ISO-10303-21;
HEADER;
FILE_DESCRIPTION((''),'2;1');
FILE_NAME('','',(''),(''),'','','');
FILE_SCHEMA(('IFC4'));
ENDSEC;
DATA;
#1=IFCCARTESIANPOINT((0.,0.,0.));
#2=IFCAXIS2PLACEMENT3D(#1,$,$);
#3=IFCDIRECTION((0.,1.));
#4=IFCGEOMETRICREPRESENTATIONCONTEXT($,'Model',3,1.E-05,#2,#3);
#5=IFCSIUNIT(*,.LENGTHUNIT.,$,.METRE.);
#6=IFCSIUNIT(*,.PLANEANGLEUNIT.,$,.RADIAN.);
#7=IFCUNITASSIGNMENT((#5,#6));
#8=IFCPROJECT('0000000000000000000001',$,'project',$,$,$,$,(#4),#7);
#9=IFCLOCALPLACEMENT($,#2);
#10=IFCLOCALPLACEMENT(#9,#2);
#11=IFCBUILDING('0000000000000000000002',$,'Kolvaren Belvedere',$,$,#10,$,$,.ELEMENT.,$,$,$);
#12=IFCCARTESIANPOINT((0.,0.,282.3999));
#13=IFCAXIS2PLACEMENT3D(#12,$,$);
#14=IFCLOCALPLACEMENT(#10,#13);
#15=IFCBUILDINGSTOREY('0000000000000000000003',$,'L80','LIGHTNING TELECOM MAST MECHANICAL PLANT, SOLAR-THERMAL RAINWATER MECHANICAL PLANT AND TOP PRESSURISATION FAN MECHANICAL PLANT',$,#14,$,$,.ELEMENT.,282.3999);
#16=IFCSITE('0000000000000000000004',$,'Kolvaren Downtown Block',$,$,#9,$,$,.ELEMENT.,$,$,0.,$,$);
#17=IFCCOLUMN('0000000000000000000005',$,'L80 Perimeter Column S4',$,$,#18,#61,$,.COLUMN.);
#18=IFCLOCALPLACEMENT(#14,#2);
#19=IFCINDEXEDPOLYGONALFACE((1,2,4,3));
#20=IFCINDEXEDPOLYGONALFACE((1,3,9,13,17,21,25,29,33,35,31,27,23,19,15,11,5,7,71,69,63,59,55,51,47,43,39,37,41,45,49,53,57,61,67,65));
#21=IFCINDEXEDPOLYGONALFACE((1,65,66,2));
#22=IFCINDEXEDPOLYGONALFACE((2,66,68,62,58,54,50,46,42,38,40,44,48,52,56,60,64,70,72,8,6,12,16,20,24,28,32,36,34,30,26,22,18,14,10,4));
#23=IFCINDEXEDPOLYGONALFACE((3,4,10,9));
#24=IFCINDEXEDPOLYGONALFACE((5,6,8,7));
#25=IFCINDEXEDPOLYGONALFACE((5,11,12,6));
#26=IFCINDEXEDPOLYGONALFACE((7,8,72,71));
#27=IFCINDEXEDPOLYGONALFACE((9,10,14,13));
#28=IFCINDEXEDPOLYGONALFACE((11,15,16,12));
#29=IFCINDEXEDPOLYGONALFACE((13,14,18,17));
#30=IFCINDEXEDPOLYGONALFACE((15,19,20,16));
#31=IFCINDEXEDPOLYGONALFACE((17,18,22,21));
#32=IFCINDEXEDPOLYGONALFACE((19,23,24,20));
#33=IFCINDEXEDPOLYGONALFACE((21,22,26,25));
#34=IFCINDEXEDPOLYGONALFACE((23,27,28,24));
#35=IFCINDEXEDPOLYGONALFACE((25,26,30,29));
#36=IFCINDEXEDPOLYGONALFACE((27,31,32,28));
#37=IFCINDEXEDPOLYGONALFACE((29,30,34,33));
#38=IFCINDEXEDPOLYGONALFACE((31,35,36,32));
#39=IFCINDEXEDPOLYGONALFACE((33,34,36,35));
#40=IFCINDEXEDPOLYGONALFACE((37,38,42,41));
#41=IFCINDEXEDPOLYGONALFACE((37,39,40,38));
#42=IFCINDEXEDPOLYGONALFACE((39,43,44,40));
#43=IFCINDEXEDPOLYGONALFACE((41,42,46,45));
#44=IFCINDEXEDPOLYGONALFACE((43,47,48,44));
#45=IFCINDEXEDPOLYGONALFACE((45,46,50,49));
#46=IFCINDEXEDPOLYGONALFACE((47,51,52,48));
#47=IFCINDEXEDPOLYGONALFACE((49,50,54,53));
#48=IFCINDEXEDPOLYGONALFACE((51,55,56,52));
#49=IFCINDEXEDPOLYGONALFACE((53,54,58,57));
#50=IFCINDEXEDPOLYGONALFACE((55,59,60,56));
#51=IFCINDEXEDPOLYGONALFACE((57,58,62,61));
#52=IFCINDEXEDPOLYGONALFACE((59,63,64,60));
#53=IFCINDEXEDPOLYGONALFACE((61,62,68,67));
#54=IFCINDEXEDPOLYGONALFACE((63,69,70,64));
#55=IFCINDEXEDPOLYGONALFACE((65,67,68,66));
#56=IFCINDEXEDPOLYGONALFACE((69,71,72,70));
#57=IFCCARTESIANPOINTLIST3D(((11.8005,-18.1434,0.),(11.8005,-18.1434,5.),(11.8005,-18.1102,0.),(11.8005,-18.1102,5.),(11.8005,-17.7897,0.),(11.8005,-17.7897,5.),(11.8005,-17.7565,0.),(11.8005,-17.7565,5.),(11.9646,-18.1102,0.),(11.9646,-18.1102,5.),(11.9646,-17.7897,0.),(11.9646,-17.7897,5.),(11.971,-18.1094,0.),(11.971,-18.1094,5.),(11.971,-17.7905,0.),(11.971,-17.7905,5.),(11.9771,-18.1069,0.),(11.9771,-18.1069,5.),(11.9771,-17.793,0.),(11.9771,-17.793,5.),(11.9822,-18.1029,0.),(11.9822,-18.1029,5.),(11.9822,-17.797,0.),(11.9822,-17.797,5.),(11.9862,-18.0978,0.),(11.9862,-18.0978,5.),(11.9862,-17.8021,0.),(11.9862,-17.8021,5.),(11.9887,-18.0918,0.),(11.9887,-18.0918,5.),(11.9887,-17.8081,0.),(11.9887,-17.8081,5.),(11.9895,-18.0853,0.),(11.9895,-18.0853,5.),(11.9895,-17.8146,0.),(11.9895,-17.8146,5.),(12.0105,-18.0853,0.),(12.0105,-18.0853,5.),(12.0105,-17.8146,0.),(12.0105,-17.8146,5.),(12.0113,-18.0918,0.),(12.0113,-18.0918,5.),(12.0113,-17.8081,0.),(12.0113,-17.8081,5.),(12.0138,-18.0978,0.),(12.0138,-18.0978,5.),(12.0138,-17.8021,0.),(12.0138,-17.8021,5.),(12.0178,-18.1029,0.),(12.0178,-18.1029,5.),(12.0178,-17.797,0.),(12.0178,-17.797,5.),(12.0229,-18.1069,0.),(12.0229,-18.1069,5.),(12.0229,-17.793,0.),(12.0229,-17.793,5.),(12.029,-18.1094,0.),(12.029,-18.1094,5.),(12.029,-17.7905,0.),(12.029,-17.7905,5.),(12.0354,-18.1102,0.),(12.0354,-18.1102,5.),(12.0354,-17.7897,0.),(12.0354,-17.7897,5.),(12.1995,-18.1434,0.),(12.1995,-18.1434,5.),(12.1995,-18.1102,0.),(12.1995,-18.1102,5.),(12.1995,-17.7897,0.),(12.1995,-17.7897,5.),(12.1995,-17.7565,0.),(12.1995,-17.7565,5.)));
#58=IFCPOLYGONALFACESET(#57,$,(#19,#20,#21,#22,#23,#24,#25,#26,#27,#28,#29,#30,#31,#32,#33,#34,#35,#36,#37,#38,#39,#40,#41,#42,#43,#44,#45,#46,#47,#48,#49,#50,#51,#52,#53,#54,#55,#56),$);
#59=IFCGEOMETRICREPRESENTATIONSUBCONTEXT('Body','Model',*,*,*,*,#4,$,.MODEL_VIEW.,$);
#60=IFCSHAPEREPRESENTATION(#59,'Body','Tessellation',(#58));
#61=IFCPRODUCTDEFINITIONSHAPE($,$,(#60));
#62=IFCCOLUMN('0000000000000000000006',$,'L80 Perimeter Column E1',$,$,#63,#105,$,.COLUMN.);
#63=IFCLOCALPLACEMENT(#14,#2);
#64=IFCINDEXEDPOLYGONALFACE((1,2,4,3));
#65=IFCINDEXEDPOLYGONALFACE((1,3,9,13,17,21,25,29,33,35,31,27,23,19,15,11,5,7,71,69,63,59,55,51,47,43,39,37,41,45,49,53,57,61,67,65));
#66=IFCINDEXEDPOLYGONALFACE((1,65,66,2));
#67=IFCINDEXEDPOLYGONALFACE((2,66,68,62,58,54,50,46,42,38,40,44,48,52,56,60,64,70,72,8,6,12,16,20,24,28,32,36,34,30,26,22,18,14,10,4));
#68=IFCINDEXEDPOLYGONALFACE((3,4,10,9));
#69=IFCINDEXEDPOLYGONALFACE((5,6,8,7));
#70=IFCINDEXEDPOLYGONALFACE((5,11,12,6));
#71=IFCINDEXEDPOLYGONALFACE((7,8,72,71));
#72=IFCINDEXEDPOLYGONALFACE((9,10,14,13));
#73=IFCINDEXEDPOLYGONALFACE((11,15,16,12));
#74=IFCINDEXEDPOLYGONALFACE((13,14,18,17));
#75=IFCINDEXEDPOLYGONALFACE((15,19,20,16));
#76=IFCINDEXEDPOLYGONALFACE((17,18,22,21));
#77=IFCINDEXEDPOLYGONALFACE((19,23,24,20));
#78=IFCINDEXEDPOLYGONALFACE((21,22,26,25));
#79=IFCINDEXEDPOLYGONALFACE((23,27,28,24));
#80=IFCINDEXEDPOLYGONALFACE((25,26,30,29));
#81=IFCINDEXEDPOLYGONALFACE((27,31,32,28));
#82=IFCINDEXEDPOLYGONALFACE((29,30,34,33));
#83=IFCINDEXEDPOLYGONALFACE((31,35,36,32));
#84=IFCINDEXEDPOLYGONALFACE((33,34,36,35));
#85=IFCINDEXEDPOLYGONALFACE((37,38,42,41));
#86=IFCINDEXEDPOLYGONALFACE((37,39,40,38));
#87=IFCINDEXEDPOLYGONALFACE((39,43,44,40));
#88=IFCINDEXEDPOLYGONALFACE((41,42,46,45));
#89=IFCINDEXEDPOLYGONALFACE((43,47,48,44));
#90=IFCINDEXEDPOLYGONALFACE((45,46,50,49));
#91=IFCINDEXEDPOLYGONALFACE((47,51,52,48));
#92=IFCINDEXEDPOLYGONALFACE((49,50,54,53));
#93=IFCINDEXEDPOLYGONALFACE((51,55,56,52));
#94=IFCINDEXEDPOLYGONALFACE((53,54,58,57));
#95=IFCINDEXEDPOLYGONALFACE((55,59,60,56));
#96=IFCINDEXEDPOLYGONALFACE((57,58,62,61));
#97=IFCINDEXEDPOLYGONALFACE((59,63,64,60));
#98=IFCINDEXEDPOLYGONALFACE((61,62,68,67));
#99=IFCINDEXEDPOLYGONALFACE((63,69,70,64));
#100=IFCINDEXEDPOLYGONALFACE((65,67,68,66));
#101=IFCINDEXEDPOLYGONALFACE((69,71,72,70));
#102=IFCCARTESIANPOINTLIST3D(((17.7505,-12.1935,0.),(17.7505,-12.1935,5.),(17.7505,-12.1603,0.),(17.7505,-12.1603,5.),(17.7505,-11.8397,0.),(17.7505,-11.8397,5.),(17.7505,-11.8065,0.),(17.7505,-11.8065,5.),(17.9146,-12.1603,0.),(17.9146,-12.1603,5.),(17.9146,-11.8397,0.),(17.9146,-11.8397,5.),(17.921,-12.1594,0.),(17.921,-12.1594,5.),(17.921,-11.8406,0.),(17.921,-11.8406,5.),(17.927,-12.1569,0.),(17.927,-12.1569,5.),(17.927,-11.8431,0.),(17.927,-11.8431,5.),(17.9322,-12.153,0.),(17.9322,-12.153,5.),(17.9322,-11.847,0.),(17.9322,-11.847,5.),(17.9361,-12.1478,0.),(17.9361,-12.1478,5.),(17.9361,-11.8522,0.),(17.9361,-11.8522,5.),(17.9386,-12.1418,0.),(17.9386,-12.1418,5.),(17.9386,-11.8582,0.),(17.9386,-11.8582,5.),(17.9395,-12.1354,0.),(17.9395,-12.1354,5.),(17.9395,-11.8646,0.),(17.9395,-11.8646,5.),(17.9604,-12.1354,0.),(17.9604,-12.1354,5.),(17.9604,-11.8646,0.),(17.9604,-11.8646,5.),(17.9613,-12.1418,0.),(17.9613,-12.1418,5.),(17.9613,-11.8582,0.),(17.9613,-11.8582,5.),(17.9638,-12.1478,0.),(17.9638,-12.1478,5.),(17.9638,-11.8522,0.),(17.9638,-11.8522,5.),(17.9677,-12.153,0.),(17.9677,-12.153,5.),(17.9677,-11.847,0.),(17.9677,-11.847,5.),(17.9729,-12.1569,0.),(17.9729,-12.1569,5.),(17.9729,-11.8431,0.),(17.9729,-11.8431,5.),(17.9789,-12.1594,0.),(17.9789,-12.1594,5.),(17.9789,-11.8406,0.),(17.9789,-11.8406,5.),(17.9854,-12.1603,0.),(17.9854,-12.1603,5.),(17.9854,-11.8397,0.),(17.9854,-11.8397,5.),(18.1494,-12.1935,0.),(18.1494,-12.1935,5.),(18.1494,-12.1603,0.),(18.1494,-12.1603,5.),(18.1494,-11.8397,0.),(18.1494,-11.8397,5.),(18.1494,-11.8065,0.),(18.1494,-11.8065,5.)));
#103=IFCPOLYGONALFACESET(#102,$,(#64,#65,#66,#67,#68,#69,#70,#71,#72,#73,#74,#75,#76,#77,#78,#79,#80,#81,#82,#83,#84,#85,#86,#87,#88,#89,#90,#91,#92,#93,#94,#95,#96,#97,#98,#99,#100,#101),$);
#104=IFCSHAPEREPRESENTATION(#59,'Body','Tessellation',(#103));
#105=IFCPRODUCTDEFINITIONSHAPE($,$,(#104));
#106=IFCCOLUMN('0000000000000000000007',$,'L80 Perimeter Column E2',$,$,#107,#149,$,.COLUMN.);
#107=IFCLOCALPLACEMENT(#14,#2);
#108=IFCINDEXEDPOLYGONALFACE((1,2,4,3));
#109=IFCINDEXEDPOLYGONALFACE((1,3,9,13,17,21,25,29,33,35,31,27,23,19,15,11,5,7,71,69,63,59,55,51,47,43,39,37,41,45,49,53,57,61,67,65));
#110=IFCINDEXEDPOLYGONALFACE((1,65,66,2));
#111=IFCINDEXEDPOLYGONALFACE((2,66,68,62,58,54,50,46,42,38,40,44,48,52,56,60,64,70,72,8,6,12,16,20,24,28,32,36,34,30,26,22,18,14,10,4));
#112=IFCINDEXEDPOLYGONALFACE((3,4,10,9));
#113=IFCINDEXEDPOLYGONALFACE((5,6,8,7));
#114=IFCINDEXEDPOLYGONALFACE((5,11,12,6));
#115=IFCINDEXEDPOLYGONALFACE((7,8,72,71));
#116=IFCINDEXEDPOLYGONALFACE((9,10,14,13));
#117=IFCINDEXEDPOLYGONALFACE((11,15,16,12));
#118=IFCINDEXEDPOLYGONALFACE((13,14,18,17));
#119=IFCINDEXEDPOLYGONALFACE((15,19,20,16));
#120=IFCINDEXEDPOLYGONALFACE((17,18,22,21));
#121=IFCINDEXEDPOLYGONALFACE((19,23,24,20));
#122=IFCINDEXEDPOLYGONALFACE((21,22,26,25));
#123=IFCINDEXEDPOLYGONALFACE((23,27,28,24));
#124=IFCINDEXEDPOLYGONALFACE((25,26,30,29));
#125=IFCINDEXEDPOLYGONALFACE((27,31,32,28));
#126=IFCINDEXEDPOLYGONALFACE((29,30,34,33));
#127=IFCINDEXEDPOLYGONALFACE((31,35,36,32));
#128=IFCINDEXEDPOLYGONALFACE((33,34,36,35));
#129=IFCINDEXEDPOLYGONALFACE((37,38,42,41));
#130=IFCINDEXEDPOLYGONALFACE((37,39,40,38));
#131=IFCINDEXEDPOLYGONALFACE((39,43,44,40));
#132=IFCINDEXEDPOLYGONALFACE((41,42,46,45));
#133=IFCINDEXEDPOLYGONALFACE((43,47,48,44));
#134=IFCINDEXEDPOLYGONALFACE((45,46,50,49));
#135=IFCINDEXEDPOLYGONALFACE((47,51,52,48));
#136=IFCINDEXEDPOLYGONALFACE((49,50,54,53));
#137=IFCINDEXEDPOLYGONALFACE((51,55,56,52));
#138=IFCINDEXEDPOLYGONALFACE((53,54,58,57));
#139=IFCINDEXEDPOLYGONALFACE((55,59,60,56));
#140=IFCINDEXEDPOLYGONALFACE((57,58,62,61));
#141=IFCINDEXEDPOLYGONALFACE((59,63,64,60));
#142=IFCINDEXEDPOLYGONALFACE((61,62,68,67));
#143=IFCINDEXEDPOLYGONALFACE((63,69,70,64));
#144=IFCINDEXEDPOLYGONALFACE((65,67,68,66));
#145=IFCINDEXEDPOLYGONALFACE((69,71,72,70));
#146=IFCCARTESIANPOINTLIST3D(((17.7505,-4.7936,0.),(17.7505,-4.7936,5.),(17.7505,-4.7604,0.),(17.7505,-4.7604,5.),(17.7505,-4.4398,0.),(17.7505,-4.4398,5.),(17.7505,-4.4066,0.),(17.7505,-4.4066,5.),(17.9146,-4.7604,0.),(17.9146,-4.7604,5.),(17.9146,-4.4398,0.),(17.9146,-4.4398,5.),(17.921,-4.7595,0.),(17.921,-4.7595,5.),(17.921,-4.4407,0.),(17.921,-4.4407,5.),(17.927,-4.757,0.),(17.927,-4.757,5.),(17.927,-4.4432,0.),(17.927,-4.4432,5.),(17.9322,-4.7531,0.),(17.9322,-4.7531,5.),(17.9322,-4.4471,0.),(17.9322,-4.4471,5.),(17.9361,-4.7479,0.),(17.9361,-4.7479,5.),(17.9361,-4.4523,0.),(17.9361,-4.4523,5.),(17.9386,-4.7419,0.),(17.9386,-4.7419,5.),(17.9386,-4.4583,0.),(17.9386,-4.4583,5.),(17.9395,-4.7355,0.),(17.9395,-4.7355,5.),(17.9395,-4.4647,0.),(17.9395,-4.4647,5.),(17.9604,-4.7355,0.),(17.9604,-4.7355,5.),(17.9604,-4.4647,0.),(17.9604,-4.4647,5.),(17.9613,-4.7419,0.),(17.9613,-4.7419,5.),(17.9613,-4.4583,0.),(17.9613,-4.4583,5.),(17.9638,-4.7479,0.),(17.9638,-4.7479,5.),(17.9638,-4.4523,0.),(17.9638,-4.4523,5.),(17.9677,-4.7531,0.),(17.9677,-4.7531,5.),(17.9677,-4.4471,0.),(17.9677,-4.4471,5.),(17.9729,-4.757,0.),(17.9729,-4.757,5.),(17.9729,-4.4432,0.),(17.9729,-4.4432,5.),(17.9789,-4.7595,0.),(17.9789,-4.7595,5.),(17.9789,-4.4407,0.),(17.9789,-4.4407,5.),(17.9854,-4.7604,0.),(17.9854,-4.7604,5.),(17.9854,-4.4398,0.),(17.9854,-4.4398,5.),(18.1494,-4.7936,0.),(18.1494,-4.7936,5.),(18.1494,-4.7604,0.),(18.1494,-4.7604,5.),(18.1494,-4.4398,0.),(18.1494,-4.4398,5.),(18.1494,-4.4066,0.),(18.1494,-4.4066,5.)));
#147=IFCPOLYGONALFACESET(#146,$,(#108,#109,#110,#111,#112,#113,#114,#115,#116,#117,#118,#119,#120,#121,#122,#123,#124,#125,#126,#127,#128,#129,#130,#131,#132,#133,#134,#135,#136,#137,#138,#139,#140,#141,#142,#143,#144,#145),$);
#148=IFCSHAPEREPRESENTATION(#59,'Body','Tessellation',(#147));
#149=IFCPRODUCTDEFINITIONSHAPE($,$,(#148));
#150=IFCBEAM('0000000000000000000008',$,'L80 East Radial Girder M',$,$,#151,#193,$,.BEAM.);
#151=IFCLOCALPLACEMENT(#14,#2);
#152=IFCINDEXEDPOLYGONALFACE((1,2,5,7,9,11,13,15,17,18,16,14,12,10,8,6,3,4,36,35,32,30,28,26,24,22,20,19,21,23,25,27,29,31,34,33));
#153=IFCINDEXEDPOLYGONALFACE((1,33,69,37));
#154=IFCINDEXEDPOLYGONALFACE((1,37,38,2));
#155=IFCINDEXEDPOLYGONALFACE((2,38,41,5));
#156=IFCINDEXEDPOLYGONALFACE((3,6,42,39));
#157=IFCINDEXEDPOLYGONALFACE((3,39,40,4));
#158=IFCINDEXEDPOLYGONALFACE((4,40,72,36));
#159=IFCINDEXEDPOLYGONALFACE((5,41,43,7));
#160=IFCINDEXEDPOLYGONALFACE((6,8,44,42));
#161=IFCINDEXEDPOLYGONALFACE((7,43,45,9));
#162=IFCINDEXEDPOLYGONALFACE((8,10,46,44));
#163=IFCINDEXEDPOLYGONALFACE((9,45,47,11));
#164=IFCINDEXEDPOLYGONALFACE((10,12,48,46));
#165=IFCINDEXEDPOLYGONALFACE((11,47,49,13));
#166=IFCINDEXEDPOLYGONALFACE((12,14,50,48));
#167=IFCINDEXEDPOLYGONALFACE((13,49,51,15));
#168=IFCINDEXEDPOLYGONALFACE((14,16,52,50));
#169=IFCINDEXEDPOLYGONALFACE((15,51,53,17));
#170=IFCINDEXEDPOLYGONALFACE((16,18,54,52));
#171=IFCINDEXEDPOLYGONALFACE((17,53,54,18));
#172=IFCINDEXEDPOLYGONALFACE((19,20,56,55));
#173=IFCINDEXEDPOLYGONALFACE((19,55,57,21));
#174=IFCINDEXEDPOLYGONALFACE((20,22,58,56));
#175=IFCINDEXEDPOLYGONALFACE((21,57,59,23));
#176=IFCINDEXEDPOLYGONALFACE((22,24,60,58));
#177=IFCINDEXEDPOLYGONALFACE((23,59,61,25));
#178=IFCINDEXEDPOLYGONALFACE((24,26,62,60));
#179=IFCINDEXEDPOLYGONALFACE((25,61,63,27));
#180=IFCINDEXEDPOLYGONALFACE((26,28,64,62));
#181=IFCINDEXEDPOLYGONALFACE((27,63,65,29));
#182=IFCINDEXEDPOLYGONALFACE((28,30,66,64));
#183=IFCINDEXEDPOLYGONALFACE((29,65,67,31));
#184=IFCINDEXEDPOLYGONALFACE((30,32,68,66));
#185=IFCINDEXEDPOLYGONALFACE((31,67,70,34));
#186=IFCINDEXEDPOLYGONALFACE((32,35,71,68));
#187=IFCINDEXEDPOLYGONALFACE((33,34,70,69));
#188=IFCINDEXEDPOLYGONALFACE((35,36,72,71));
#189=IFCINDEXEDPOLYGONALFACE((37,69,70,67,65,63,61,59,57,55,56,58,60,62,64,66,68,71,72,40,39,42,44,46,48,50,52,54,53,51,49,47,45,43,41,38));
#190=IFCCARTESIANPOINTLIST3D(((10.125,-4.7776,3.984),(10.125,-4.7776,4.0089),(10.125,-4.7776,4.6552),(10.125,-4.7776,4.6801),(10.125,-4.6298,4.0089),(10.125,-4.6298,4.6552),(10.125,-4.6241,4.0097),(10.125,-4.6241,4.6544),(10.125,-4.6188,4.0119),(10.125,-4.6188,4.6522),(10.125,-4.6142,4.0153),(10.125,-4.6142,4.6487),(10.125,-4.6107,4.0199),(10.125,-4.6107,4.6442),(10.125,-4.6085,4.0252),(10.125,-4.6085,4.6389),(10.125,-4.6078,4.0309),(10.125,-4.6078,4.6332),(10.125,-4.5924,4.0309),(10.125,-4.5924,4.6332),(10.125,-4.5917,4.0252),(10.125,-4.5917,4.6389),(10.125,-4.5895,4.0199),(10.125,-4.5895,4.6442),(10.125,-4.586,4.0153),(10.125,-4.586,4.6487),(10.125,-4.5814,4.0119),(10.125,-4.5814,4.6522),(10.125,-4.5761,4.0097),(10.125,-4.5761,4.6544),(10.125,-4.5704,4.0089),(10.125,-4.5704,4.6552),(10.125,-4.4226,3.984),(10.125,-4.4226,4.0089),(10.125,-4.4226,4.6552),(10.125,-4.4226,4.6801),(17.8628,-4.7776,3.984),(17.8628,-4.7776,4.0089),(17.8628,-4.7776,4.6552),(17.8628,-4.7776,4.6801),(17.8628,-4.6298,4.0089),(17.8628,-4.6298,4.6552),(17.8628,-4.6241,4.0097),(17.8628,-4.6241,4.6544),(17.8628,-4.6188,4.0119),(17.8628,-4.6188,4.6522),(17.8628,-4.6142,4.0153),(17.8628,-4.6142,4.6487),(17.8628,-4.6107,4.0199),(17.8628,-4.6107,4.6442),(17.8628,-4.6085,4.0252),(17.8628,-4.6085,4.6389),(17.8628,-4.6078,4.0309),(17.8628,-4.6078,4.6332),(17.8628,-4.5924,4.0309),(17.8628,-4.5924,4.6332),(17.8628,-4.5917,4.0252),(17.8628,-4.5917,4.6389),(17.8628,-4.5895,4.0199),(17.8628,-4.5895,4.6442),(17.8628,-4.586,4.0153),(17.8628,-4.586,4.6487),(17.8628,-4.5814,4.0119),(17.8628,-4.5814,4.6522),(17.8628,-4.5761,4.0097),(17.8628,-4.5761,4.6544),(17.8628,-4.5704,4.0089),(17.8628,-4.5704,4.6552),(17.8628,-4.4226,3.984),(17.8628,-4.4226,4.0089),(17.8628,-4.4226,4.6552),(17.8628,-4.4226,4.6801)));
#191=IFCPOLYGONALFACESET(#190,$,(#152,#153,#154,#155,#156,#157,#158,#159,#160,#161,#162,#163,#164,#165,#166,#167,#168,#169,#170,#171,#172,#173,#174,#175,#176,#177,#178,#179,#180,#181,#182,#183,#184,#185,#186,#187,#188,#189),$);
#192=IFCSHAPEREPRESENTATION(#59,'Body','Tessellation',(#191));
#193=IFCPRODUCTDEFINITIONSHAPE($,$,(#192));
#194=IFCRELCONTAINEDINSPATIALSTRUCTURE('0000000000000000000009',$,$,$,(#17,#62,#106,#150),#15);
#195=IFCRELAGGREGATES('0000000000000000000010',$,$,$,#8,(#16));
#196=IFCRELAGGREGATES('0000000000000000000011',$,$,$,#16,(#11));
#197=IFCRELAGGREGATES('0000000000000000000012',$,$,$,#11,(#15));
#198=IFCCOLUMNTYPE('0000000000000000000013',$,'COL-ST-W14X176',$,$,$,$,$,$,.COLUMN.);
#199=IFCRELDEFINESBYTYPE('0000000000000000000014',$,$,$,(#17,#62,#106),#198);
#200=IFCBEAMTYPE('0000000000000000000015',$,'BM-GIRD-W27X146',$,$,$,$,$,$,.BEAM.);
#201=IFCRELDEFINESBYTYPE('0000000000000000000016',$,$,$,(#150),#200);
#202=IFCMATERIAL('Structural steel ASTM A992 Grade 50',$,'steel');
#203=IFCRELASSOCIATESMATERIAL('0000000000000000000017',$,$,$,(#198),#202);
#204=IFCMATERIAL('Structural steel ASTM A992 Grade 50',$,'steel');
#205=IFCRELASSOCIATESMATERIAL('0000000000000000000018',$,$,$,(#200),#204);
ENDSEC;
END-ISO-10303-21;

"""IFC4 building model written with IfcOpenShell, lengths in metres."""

from ifc_helpers import new_model, si_unit, direction, frame, origin, origin_2d, place, context, subcontext, project, spatial, i_section, extrude, material, material_profile, profile_set, type_object, element, save


model = new_model("IFC4")

# Units and contexts
model_context = context("Model", 3, precision=1e-05, world=origin(), true_north=direction((0.0, 1.0)))
body_context = subcontext(model_context, "Body", "Model", "MODEL_VIEW")
ifc_project = project(units=[si_unit("LENGTHUNIT", "METRE"), si_unit("PLANEANGLEUNIT", "RADIAN")], contexts=[model_context])

# Site, building, storey
site_placement = place(None, origin())
site = spatial("IfcSite", under=ifc_project, at=site_placement, Name="Kolvaren Downtown Block", CompositionType="ELEMENT", RefElevation=0.0)
building_placement = place(site_placement, origin())
building = spatial("IfcBuilding", under=site, at=building_placement, Name="Kolvaren Belvedere", CompositionType="ELEMENT")
storey_placement = place(building_placement, frame((0.0, 0.0, 282.3999)))
storey = spatial("IfcBuildingStorey", under=building, at=storey_placement, Name="L80", Description="LIGHTNING TELECOM MAST MECHANICAL PLANT, SOLAR-THERMAL RAINWATER MECHANICAL PLANT AND TOP PRESSURISATION FAN MECHANICAL PLANT", CompositionType="ELEMENT", Elevation=282.3999)

# Columns
ifc_material_1 = material(Name="Structural steel ASTM A992 Grade 50", Category="steel")
ifc_material_profile_1 = material_profile(ifc_material_1, i_section(OverallWidth=0.3989, OverallDepth=0.387, WebThickness=0.021, FlangeThickness=0.0332, FilletRadius=0.0249, at=origin_2d()), Name="W14X176")
ifc_profile_set_1 = profile_set([ifc_material_profile_1], Name="Structural steel ASTM A992 Grade 50")
column_type = type_object("IfcColumnType", Name="COL-ST-W14X176", PredefinedType="COLUMN", material=ifc_profile_set_1)
for number, where, z_axis, x_axis, name in (
    (1, (12.0, -17.95, 0.0), (0.0, 0.0, 1.0), (1.0, 0.0, 0.0), "L80 Perimeter Column S4"),
    (2, (17.95, -12.0, 0.0), (0.0, 0.0, 1.0), (1.0, 0.0, 0.0), "L80 Perimeter Column E1"),
    (3, (17.95, -4.6001, 0.0), (0.0, 0.0, 1.0), (1.0, 0.0, 0.0), "L80 Perimeter Column E2"),
):
    element("IfcColumn", number, at=place(storey_placement, frame(where, z_axis=z_axis, x_axis=x_axis)), inside=storey, type_object=column_type, Name=name, PredefinedType="COLUMN", context=body_context, shape_type="SweptSolid", body=[
        extrude(i_section(OverallWidth=0.3989, OverallDepth=0.387, WebThickness=0.021, FlangeThickness=0.0332, FilletRadius=0.0249, at=origin_2d()), origin(), (0.0, 0.0, 1.0), 5.0),
    ])

# Beam
ifc_material_2 = material(Name="Structural steel ASTM A992 Grade 50", Category="steel")
ifc_material_profile_2 = material_profile(ifc_material_2, i_section(OverallWidth=0.355, OverallDepth=0.696, WebThickness=0.0154, FlangeThickness=0.0249, FilletRadius=0.022, at=origin_2d()), Name="W27X146")
ifc_profile_set_2 = profile_set([ifc_material_profile_2], Name="Structural steel ASTM A992 Grade 50")
beam_type_1 = type_object("IfcBeamType", Name="BM-GIRD-W27X146", PredefinedType="BEAM", material=ifc_profile_set_2)
beam_1_placement = place(storey_placement, frame((10.125, -4.6001, 4.332), z_axis=(1.0, 0.0, 0.0), x_axis=(0.0, 1.0, 0.0)))
element("IfcBeam", 4, at=beam_1_placement, inside=storey, type_object=beam_type_1, Name="L80 East Radial Girder M", PredefinedType="BEAM", context=body_context, shape_type="SweptSolid", body=[
    extrude(i_section(OverallWidth=0.355, OverallDepth=0.696, WebThickness=0.0154, FlangeThickness=0.0249, FilletRadius=0.022, at=origin_2d()), origin(), (0.0, 0.0, 1.0), 7.7378),
])

save(model, "model.ifc")
